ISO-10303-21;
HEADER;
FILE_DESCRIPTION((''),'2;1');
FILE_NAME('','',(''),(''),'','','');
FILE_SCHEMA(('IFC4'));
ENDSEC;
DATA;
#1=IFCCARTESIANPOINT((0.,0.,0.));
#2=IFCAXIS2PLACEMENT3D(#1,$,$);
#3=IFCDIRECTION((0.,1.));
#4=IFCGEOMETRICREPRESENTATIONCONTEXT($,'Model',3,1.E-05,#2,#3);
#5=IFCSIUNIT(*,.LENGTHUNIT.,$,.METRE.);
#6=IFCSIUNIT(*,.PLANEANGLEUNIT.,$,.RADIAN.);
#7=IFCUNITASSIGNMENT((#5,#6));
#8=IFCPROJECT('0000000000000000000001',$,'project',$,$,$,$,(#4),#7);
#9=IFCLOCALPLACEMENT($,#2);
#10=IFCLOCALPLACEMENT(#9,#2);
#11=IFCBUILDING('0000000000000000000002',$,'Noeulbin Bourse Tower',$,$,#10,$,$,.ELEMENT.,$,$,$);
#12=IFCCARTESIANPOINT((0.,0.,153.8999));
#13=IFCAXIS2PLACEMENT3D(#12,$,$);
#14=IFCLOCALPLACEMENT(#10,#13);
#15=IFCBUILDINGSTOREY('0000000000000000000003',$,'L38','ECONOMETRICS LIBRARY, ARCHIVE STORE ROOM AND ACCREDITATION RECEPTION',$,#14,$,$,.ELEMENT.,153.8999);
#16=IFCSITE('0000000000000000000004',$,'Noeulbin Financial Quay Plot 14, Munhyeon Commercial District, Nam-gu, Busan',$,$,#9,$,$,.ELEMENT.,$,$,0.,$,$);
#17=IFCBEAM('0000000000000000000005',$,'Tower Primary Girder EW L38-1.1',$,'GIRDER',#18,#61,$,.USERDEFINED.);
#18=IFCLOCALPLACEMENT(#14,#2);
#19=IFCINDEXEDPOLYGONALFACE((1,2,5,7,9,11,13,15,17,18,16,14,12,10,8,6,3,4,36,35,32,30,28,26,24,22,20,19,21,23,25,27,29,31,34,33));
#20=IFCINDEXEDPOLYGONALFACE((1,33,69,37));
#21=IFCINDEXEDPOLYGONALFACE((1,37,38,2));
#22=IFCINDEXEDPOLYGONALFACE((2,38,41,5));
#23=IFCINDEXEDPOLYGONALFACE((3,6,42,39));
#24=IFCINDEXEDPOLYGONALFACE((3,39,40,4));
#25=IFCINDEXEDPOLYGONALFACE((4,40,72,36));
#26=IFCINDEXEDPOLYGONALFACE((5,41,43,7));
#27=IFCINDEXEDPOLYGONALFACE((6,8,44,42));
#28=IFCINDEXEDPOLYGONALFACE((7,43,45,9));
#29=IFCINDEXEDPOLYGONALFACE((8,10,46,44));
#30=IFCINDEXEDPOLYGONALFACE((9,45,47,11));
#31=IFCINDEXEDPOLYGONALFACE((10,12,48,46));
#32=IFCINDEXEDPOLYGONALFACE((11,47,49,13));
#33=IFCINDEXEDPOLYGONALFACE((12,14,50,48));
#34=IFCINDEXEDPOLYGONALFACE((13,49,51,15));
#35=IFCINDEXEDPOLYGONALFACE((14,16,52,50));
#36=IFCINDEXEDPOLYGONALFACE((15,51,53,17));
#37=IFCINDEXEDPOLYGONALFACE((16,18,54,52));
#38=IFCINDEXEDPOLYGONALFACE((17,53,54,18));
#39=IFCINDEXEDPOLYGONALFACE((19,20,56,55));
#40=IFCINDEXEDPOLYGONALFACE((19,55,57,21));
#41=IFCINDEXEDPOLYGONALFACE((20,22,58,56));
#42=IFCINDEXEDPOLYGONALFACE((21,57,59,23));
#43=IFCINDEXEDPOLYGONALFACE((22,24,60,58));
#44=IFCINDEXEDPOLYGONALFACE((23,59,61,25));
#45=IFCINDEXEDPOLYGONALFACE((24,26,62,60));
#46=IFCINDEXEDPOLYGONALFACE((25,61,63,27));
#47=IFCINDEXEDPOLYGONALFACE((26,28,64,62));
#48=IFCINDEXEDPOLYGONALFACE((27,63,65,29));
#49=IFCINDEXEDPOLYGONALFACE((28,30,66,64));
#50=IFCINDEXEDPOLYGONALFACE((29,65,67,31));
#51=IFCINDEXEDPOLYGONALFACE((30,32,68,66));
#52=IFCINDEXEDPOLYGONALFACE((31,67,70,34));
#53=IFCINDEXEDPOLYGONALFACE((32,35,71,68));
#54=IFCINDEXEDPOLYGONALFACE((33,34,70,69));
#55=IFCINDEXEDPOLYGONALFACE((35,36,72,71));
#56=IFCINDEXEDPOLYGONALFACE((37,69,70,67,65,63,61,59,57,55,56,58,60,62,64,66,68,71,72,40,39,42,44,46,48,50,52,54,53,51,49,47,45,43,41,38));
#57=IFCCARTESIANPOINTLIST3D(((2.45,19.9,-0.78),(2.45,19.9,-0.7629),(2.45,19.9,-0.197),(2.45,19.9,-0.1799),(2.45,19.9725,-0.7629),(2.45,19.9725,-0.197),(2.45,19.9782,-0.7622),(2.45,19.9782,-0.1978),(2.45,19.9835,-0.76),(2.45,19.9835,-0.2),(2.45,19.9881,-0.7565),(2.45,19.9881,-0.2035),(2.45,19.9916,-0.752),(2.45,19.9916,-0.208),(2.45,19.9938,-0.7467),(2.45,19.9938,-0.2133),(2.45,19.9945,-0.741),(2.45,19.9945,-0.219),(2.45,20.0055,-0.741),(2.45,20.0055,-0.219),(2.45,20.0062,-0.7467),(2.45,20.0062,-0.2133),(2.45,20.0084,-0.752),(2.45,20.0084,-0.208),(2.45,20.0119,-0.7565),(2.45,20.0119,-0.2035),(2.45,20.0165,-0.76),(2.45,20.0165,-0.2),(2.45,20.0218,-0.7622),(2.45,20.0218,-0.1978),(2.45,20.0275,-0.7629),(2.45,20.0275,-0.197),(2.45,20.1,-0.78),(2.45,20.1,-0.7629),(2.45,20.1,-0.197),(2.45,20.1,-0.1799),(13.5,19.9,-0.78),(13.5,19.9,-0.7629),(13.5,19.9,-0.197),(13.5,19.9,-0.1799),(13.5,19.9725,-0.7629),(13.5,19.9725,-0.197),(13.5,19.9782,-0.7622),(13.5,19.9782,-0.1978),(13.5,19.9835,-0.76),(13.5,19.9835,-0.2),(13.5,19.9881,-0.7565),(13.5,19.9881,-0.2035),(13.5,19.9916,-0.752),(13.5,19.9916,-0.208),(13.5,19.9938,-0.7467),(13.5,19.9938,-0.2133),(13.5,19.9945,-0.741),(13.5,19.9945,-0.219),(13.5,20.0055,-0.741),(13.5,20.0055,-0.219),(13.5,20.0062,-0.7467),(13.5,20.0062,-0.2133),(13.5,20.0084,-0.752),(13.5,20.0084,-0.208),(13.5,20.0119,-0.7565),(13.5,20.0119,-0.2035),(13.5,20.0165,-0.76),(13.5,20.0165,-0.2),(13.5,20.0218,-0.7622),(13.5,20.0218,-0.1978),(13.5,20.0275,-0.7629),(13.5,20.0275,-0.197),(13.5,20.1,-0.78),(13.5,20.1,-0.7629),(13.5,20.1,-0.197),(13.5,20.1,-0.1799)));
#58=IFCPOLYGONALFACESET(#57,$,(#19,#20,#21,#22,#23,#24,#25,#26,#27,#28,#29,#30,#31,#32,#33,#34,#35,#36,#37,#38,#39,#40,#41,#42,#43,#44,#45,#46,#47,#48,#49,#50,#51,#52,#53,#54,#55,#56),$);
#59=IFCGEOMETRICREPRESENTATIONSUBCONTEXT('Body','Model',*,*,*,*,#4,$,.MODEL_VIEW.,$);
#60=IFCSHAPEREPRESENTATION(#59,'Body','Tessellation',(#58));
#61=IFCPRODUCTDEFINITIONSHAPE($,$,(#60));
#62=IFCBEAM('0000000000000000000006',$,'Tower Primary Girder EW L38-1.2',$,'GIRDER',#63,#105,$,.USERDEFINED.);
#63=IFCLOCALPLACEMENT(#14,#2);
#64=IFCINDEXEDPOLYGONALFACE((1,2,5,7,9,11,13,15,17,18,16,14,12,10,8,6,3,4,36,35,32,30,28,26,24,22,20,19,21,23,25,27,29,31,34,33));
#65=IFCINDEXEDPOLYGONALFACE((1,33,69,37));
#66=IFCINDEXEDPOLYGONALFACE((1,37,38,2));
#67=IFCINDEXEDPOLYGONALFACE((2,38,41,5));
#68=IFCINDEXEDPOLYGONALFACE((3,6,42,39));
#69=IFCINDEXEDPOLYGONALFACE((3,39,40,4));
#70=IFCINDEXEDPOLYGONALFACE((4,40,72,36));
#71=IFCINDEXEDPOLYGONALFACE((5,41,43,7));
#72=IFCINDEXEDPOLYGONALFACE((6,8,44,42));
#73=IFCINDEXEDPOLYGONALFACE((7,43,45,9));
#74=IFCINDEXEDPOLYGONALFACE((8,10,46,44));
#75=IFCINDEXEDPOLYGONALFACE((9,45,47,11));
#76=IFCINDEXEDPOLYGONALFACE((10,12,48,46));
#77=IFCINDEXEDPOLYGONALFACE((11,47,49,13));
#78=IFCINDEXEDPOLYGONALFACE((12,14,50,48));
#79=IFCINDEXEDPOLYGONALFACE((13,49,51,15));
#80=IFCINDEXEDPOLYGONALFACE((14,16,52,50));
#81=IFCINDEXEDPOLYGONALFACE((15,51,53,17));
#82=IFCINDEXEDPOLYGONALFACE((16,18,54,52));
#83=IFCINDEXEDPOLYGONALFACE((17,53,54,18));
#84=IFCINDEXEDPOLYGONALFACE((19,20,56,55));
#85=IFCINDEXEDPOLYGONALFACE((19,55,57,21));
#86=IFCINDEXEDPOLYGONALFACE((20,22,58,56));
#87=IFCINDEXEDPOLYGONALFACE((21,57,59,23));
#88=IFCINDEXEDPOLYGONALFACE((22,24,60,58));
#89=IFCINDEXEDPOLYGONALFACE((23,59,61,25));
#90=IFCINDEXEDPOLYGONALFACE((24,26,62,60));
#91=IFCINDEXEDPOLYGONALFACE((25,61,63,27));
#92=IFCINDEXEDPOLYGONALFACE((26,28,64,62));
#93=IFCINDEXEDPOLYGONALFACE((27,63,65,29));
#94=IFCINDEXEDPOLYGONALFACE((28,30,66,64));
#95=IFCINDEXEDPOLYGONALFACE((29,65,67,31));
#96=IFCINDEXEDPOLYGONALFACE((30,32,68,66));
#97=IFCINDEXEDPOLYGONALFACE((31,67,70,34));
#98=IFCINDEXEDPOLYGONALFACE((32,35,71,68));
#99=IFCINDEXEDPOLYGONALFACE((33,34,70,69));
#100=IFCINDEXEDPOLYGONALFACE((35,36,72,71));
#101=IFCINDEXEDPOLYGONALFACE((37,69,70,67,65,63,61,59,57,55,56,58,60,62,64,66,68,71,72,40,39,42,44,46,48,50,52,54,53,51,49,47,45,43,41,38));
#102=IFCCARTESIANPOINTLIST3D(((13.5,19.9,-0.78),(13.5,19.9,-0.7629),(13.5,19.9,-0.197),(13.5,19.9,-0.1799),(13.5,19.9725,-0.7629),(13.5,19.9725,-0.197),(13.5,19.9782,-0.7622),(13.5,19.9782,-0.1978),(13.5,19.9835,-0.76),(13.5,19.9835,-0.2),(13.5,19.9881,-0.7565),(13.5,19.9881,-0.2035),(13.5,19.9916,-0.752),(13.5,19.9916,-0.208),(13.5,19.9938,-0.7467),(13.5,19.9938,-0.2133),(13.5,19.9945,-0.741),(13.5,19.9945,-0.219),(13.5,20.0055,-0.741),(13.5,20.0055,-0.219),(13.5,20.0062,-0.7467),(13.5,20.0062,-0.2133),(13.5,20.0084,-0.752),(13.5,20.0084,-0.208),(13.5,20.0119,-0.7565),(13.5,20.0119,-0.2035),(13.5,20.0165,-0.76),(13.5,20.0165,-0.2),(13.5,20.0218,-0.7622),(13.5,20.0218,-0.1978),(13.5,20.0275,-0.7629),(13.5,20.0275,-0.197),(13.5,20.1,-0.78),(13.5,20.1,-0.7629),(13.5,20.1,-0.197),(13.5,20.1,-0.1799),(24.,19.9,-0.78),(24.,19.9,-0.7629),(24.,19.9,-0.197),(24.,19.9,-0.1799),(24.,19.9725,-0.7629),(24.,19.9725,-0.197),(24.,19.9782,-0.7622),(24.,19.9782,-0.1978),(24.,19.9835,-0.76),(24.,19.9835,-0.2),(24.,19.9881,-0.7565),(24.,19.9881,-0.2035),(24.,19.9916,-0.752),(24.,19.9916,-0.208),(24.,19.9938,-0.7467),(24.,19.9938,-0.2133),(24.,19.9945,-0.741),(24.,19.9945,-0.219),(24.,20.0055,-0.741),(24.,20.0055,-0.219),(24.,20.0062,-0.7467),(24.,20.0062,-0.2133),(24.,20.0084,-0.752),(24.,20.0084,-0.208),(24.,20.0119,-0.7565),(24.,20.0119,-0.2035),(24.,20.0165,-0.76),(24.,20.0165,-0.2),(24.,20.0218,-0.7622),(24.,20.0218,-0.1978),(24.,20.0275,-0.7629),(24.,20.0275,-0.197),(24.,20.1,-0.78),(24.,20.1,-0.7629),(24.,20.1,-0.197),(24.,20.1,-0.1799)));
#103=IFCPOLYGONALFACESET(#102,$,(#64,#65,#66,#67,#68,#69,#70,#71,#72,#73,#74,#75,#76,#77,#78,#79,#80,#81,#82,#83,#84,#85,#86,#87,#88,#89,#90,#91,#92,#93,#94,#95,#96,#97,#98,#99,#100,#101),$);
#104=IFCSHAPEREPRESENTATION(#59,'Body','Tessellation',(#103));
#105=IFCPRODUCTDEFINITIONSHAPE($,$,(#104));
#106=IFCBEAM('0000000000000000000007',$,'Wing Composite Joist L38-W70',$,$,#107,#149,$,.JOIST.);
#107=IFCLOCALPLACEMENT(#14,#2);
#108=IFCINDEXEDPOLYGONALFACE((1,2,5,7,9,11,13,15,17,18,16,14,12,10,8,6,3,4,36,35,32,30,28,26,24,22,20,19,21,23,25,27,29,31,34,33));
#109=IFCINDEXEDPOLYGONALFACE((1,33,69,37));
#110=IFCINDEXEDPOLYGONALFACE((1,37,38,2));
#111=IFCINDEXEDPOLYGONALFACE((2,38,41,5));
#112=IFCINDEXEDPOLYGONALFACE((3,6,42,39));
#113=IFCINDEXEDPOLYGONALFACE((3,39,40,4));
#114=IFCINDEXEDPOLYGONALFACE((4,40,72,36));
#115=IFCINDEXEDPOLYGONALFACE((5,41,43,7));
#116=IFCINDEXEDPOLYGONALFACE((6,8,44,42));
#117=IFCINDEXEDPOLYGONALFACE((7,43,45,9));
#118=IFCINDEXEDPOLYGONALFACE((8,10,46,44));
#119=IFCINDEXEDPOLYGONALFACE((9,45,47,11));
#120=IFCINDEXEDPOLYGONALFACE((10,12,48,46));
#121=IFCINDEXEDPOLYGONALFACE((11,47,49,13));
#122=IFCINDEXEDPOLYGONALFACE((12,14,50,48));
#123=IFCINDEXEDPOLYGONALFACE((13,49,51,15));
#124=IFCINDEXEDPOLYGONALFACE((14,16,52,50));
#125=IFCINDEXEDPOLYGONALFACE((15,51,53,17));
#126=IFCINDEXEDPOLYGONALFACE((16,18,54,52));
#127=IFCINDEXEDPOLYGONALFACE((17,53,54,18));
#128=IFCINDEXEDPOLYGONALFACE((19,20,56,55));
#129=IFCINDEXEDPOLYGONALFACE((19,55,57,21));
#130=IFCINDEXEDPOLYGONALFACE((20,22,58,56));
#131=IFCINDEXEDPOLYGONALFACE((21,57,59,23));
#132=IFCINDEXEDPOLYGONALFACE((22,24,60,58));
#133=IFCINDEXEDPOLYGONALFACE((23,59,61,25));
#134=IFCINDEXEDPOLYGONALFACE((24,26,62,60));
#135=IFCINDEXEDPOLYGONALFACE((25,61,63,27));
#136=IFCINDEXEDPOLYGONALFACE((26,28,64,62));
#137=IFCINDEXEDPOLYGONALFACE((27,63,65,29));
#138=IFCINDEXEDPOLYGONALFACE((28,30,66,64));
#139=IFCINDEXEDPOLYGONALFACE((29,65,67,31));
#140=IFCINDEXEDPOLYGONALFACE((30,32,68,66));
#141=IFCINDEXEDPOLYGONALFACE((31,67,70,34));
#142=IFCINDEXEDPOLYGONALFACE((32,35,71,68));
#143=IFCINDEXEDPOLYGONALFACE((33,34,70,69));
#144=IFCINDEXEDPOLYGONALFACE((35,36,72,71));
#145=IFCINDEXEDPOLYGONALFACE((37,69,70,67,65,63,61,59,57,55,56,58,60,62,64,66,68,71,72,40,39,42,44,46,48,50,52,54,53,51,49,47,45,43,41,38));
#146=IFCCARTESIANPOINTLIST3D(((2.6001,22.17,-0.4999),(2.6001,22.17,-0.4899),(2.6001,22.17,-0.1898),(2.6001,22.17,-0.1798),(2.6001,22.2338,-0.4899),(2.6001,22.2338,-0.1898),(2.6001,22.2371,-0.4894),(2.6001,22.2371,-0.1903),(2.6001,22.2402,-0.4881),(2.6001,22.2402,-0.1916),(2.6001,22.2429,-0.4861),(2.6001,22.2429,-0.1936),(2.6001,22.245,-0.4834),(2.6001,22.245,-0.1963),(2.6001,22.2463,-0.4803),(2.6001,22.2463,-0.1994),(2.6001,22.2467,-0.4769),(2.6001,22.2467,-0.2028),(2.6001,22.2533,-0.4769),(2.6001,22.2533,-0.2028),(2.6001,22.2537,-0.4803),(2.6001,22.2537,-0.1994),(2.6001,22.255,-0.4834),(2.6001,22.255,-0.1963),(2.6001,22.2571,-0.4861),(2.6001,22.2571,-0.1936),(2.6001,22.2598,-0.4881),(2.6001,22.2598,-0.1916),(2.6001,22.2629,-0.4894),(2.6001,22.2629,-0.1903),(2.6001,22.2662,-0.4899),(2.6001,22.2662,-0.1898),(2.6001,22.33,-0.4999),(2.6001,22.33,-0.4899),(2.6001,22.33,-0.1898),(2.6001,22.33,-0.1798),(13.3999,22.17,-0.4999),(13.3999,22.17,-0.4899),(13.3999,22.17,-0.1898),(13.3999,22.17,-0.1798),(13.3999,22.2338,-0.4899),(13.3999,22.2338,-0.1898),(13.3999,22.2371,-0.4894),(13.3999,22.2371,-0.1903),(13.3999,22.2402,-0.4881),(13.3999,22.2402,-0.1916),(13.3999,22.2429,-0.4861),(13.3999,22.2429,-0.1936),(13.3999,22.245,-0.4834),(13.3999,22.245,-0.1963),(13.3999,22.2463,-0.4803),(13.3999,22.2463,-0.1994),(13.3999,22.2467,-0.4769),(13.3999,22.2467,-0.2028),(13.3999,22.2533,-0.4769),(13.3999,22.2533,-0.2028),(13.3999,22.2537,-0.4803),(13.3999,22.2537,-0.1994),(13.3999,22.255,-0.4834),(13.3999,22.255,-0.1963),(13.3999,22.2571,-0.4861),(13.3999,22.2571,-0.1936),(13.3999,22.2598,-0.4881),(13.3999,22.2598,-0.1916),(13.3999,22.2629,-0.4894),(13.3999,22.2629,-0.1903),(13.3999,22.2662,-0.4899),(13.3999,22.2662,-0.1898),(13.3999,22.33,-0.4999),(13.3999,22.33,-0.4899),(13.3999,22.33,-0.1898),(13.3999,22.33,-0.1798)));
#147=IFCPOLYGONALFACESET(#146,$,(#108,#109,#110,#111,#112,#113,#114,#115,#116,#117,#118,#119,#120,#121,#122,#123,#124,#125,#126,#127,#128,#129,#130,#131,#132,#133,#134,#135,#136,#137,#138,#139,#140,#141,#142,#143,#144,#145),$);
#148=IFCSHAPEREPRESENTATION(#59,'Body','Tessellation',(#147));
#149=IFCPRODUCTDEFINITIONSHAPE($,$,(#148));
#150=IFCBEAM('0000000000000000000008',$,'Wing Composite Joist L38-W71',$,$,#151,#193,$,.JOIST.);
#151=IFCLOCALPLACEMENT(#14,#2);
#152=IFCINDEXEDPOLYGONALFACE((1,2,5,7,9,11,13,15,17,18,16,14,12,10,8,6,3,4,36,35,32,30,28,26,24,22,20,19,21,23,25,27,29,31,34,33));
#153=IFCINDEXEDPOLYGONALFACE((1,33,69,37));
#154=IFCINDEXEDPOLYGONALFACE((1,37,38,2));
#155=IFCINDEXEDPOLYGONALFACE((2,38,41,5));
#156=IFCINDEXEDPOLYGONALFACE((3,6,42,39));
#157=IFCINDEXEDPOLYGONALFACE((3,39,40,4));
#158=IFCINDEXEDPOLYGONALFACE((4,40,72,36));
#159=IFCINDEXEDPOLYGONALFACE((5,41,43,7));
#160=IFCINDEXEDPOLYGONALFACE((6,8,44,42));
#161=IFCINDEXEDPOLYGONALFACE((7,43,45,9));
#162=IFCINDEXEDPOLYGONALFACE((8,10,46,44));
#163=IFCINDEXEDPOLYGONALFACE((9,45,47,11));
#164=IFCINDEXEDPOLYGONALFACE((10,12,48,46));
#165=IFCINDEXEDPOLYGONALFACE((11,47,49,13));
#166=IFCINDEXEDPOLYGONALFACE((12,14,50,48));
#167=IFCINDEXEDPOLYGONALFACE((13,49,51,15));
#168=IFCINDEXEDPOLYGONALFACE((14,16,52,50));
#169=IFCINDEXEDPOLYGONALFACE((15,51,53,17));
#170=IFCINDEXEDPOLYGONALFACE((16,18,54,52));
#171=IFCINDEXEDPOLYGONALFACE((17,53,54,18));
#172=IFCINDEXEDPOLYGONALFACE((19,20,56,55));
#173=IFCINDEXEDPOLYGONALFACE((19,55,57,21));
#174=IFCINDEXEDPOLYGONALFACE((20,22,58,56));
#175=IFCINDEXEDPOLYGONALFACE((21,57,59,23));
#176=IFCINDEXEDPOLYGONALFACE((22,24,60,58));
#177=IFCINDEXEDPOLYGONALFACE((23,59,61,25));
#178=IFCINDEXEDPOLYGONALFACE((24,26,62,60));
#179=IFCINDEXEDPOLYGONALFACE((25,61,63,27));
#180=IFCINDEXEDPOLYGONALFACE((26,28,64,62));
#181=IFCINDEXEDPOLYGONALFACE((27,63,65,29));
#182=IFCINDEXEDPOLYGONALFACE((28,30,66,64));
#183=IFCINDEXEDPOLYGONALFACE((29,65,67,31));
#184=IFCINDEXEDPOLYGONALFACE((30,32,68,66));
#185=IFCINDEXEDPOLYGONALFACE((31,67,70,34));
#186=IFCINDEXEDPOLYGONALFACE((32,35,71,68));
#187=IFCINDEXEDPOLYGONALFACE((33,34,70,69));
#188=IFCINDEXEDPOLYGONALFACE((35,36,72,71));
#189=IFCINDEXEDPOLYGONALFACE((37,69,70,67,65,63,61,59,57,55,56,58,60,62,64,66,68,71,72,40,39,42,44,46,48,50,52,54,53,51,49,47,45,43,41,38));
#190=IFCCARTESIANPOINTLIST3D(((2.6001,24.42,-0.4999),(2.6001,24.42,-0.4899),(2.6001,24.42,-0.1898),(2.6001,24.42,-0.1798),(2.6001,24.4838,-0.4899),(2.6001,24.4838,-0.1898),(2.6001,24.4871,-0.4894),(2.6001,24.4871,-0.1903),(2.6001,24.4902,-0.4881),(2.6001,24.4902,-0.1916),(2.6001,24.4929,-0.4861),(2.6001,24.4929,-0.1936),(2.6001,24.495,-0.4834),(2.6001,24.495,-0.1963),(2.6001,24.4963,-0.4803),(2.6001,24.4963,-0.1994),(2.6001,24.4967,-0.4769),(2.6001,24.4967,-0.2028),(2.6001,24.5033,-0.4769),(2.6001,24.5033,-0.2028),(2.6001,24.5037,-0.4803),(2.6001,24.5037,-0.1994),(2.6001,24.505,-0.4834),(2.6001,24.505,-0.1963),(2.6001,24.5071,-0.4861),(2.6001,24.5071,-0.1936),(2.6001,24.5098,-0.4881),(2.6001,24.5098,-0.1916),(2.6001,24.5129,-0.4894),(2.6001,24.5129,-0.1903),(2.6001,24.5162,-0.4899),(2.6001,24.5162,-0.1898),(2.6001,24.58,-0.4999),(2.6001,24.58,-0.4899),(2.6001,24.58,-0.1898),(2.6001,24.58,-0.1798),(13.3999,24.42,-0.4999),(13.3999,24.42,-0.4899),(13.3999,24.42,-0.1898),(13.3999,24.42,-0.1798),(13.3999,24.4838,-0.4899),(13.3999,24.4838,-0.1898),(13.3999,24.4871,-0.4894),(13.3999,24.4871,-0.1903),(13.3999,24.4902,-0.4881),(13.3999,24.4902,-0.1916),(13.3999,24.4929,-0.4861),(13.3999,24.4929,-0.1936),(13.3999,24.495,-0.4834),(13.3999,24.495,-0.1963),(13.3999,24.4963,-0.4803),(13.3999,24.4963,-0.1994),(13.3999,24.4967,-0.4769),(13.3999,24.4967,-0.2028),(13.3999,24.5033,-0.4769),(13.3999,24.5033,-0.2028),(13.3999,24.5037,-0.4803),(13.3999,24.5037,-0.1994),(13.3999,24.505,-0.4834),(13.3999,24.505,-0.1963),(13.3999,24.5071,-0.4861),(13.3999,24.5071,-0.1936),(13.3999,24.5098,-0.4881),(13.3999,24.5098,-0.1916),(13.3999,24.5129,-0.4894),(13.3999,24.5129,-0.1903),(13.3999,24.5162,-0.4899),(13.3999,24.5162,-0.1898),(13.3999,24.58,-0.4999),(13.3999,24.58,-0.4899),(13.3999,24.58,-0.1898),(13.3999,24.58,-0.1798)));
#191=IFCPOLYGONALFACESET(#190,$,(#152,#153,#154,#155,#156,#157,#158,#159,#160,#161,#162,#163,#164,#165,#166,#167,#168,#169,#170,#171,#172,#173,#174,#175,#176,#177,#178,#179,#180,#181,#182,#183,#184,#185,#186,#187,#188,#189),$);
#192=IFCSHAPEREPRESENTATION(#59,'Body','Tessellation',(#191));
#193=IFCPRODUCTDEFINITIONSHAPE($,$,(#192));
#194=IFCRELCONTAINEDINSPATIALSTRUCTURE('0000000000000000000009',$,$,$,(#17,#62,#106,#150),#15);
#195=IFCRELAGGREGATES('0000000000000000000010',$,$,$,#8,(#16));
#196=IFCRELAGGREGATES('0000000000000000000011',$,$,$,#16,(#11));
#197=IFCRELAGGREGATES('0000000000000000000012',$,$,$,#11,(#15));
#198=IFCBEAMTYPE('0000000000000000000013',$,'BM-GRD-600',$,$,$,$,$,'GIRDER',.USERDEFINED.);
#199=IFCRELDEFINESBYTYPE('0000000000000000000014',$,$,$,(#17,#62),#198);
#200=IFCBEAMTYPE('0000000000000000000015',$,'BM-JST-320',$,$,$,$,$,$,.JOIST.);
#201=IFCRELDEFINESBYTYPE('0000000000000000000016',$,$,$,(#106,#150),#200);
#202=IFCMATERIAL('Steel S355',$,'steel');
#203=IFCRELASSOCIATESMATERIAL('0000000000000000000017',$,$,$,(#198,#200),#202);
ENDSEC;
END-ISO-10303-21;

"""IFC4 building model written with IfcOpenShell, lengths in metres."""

from ifc_helpers import new_model, si_unit, direction, frame, origin, origin_2d, place, context, subcontext, project, spatial, i_section, extrude, material, material_profile, profile_set, type_object, element, save


model = new_model("IFC4")

# Units and contexts
model_context = context("Model", 3, precision=1e-05, world=origin(), true_north=direction((0.0, 1.0)))
body_context = subcontext(model_context, "Body", "Model", "MODEL_VIEW")
ifc_project = project(units=[si_unit("LENGTHUNIT", "METRE"), si_unit("PLANEANGLEUNIT", "RADIAN")], contexts=[model_context])

# Site, building, storey
site_placement = place(None, origin())
site = spatial("IfcSite", under=ifc_project, at=site_placement, Name="Noeulbin Financial Quay Plot 14, Munhyeon Commercial District, Nam-gu, Busan", CompositionType="ELEMENT", RefElevation=0.0)
building_placement = place(site_placement, origin())
building = spatial("IfcBuilding", under=site, at=building_placement, Name="Noeulbin Bourse Tower", CompositionType="ELEMENT")
storey_placement = place(building_placement, frame((0.0, 0.0, 153.8999)))
storey = spatial("IfcBuildingStorey", under=building, at=storey_placement, Name="L38", Description="ECONOMETRICS LIBRARY, ARCHIVE STORE ROOM AND ACCREDITATION RECEPTION", CompositionType="ELEMENT", Elevation=153.8999)

# Shared definitions
ifc_material_1 = material(Name="Steel S355", Category="steel")

# Beams
ifc_material_profile_1 = material_profile(ifc_material_1, i_section(OverallWidth=0.2, OverallDepth=0.6001, WebThickness=0.011, FlangeThickness=0.0171, FilletRadius=0.022, at=origin_2d()), Name="H-600x200x11x17", Category="LoadBearing")
ifc_profile_set_1 = profile_set([ifc_material_profile_1], Name="Steel S355")
beam_type_1 = type_object("IfcBeamType", Name="BM-GRD-600", ElementType="GIRDER", PredefinedType="USERDEFINED", material=ifc_profile_set_1)
beam_1_placement = place(storey_placement, frame((2.45, 20.0, -0.48), z_axis=(1.0, 0.0, 0.0), x_axis=(0.0, 1.0, 0.0)))
element("IfcBeam", 1, at=beam_1_placement, inside=storey, type_object=beam_type_1, Name="Tower Primary Girder EW L38-1.1", ObjectType="GIRDER", PredefinedType="USERDEFINED", context=body_context, shape_type="SweptSolid", body=[
    extrude(i_section(OverallWidth=0.2, OverallDepth=0.6001, WebThickness=0.011, FlangeThickness=0.0171, FilletRadius=0.022, at=origin_2d()), origin(), (0.0, 0.0, 1.0), 11.05),
])
beam_2_placement = place(storey_placement, frame((13.5, 20.0, -0.48), z_axis=(1.0, 0.0, 0.0), x_axis=(0.0, 1.0, 0.0)))
element("IfcBeam", 2, at=beam_2_placement, inside=storey, type_object=beam_type_1, Name="Tower Primary Girder EW L38-1.2", ObjectType="GIRDER", PredefinedType="USERDEFINED", context=body_context, shape_type="SweptSolid", body=[
    extrude(i_section(OverallWidth=0.2, OverallDepth=0.6001, WebThickness=0.011, FlangeThickness=0.0171, FilletRadius=0.022, at=origin_2d()), origin(), (0.0, 0.0, 1.0), 10.5),
])
ifc_material_profile_2 = material_profile(ifc_material_1, i_section(OverallWidth=0.1599, OverallDepth=0.3201, WebThickness=0.0066, FlangeThickness=0.01, FilletRadius=0.0129, at=origin_2d()), Name="H-320x160x6.5x10", Category="LoadBearing")
ifc_profile_set_2 = profile_set([ifc_material_profile_2], Name="Steel S355")
beam_type_2 = type_object("IfcBeamType", Name="BM-JST-320", PredefinedType="JOIST", material=ifc_profile_set_2)
for number, where, z_axis, x_axis, name in (
    (3, (2.6001, 22.25, -0.3398), (1.0, 0.0, 0.0), (0.0, 1.0, 0.0), "Wing Composite Joist L38-W70"),
    (4, (2.6001, 24.5, -0.3398), (1.0, 0.0, 0.0), (0.0, 1.0, 0.0), "Wing Composite Joist L38-W71"),
):
    element("IfcBeam", number, at=place(storey_placement, frame(where, z_axis=z_axis, x_axis=x_axis)), inside=storey, type_object=beam_type_2, Name=name, PredefinedType="JOIST", context=body_context, shape_type="SweptSolid", body=[
        extrude(i_section(OverallWidth=0.1599, OverallDepth=0.3201, WebThickness=0.0066, FlangeThickness=0.01, FilletRadius=0.0129, at=origin_2d()), origin(), (0.0, 0.0, 1.0), 10.7998),
    ])

save(model, "model.ifc")
